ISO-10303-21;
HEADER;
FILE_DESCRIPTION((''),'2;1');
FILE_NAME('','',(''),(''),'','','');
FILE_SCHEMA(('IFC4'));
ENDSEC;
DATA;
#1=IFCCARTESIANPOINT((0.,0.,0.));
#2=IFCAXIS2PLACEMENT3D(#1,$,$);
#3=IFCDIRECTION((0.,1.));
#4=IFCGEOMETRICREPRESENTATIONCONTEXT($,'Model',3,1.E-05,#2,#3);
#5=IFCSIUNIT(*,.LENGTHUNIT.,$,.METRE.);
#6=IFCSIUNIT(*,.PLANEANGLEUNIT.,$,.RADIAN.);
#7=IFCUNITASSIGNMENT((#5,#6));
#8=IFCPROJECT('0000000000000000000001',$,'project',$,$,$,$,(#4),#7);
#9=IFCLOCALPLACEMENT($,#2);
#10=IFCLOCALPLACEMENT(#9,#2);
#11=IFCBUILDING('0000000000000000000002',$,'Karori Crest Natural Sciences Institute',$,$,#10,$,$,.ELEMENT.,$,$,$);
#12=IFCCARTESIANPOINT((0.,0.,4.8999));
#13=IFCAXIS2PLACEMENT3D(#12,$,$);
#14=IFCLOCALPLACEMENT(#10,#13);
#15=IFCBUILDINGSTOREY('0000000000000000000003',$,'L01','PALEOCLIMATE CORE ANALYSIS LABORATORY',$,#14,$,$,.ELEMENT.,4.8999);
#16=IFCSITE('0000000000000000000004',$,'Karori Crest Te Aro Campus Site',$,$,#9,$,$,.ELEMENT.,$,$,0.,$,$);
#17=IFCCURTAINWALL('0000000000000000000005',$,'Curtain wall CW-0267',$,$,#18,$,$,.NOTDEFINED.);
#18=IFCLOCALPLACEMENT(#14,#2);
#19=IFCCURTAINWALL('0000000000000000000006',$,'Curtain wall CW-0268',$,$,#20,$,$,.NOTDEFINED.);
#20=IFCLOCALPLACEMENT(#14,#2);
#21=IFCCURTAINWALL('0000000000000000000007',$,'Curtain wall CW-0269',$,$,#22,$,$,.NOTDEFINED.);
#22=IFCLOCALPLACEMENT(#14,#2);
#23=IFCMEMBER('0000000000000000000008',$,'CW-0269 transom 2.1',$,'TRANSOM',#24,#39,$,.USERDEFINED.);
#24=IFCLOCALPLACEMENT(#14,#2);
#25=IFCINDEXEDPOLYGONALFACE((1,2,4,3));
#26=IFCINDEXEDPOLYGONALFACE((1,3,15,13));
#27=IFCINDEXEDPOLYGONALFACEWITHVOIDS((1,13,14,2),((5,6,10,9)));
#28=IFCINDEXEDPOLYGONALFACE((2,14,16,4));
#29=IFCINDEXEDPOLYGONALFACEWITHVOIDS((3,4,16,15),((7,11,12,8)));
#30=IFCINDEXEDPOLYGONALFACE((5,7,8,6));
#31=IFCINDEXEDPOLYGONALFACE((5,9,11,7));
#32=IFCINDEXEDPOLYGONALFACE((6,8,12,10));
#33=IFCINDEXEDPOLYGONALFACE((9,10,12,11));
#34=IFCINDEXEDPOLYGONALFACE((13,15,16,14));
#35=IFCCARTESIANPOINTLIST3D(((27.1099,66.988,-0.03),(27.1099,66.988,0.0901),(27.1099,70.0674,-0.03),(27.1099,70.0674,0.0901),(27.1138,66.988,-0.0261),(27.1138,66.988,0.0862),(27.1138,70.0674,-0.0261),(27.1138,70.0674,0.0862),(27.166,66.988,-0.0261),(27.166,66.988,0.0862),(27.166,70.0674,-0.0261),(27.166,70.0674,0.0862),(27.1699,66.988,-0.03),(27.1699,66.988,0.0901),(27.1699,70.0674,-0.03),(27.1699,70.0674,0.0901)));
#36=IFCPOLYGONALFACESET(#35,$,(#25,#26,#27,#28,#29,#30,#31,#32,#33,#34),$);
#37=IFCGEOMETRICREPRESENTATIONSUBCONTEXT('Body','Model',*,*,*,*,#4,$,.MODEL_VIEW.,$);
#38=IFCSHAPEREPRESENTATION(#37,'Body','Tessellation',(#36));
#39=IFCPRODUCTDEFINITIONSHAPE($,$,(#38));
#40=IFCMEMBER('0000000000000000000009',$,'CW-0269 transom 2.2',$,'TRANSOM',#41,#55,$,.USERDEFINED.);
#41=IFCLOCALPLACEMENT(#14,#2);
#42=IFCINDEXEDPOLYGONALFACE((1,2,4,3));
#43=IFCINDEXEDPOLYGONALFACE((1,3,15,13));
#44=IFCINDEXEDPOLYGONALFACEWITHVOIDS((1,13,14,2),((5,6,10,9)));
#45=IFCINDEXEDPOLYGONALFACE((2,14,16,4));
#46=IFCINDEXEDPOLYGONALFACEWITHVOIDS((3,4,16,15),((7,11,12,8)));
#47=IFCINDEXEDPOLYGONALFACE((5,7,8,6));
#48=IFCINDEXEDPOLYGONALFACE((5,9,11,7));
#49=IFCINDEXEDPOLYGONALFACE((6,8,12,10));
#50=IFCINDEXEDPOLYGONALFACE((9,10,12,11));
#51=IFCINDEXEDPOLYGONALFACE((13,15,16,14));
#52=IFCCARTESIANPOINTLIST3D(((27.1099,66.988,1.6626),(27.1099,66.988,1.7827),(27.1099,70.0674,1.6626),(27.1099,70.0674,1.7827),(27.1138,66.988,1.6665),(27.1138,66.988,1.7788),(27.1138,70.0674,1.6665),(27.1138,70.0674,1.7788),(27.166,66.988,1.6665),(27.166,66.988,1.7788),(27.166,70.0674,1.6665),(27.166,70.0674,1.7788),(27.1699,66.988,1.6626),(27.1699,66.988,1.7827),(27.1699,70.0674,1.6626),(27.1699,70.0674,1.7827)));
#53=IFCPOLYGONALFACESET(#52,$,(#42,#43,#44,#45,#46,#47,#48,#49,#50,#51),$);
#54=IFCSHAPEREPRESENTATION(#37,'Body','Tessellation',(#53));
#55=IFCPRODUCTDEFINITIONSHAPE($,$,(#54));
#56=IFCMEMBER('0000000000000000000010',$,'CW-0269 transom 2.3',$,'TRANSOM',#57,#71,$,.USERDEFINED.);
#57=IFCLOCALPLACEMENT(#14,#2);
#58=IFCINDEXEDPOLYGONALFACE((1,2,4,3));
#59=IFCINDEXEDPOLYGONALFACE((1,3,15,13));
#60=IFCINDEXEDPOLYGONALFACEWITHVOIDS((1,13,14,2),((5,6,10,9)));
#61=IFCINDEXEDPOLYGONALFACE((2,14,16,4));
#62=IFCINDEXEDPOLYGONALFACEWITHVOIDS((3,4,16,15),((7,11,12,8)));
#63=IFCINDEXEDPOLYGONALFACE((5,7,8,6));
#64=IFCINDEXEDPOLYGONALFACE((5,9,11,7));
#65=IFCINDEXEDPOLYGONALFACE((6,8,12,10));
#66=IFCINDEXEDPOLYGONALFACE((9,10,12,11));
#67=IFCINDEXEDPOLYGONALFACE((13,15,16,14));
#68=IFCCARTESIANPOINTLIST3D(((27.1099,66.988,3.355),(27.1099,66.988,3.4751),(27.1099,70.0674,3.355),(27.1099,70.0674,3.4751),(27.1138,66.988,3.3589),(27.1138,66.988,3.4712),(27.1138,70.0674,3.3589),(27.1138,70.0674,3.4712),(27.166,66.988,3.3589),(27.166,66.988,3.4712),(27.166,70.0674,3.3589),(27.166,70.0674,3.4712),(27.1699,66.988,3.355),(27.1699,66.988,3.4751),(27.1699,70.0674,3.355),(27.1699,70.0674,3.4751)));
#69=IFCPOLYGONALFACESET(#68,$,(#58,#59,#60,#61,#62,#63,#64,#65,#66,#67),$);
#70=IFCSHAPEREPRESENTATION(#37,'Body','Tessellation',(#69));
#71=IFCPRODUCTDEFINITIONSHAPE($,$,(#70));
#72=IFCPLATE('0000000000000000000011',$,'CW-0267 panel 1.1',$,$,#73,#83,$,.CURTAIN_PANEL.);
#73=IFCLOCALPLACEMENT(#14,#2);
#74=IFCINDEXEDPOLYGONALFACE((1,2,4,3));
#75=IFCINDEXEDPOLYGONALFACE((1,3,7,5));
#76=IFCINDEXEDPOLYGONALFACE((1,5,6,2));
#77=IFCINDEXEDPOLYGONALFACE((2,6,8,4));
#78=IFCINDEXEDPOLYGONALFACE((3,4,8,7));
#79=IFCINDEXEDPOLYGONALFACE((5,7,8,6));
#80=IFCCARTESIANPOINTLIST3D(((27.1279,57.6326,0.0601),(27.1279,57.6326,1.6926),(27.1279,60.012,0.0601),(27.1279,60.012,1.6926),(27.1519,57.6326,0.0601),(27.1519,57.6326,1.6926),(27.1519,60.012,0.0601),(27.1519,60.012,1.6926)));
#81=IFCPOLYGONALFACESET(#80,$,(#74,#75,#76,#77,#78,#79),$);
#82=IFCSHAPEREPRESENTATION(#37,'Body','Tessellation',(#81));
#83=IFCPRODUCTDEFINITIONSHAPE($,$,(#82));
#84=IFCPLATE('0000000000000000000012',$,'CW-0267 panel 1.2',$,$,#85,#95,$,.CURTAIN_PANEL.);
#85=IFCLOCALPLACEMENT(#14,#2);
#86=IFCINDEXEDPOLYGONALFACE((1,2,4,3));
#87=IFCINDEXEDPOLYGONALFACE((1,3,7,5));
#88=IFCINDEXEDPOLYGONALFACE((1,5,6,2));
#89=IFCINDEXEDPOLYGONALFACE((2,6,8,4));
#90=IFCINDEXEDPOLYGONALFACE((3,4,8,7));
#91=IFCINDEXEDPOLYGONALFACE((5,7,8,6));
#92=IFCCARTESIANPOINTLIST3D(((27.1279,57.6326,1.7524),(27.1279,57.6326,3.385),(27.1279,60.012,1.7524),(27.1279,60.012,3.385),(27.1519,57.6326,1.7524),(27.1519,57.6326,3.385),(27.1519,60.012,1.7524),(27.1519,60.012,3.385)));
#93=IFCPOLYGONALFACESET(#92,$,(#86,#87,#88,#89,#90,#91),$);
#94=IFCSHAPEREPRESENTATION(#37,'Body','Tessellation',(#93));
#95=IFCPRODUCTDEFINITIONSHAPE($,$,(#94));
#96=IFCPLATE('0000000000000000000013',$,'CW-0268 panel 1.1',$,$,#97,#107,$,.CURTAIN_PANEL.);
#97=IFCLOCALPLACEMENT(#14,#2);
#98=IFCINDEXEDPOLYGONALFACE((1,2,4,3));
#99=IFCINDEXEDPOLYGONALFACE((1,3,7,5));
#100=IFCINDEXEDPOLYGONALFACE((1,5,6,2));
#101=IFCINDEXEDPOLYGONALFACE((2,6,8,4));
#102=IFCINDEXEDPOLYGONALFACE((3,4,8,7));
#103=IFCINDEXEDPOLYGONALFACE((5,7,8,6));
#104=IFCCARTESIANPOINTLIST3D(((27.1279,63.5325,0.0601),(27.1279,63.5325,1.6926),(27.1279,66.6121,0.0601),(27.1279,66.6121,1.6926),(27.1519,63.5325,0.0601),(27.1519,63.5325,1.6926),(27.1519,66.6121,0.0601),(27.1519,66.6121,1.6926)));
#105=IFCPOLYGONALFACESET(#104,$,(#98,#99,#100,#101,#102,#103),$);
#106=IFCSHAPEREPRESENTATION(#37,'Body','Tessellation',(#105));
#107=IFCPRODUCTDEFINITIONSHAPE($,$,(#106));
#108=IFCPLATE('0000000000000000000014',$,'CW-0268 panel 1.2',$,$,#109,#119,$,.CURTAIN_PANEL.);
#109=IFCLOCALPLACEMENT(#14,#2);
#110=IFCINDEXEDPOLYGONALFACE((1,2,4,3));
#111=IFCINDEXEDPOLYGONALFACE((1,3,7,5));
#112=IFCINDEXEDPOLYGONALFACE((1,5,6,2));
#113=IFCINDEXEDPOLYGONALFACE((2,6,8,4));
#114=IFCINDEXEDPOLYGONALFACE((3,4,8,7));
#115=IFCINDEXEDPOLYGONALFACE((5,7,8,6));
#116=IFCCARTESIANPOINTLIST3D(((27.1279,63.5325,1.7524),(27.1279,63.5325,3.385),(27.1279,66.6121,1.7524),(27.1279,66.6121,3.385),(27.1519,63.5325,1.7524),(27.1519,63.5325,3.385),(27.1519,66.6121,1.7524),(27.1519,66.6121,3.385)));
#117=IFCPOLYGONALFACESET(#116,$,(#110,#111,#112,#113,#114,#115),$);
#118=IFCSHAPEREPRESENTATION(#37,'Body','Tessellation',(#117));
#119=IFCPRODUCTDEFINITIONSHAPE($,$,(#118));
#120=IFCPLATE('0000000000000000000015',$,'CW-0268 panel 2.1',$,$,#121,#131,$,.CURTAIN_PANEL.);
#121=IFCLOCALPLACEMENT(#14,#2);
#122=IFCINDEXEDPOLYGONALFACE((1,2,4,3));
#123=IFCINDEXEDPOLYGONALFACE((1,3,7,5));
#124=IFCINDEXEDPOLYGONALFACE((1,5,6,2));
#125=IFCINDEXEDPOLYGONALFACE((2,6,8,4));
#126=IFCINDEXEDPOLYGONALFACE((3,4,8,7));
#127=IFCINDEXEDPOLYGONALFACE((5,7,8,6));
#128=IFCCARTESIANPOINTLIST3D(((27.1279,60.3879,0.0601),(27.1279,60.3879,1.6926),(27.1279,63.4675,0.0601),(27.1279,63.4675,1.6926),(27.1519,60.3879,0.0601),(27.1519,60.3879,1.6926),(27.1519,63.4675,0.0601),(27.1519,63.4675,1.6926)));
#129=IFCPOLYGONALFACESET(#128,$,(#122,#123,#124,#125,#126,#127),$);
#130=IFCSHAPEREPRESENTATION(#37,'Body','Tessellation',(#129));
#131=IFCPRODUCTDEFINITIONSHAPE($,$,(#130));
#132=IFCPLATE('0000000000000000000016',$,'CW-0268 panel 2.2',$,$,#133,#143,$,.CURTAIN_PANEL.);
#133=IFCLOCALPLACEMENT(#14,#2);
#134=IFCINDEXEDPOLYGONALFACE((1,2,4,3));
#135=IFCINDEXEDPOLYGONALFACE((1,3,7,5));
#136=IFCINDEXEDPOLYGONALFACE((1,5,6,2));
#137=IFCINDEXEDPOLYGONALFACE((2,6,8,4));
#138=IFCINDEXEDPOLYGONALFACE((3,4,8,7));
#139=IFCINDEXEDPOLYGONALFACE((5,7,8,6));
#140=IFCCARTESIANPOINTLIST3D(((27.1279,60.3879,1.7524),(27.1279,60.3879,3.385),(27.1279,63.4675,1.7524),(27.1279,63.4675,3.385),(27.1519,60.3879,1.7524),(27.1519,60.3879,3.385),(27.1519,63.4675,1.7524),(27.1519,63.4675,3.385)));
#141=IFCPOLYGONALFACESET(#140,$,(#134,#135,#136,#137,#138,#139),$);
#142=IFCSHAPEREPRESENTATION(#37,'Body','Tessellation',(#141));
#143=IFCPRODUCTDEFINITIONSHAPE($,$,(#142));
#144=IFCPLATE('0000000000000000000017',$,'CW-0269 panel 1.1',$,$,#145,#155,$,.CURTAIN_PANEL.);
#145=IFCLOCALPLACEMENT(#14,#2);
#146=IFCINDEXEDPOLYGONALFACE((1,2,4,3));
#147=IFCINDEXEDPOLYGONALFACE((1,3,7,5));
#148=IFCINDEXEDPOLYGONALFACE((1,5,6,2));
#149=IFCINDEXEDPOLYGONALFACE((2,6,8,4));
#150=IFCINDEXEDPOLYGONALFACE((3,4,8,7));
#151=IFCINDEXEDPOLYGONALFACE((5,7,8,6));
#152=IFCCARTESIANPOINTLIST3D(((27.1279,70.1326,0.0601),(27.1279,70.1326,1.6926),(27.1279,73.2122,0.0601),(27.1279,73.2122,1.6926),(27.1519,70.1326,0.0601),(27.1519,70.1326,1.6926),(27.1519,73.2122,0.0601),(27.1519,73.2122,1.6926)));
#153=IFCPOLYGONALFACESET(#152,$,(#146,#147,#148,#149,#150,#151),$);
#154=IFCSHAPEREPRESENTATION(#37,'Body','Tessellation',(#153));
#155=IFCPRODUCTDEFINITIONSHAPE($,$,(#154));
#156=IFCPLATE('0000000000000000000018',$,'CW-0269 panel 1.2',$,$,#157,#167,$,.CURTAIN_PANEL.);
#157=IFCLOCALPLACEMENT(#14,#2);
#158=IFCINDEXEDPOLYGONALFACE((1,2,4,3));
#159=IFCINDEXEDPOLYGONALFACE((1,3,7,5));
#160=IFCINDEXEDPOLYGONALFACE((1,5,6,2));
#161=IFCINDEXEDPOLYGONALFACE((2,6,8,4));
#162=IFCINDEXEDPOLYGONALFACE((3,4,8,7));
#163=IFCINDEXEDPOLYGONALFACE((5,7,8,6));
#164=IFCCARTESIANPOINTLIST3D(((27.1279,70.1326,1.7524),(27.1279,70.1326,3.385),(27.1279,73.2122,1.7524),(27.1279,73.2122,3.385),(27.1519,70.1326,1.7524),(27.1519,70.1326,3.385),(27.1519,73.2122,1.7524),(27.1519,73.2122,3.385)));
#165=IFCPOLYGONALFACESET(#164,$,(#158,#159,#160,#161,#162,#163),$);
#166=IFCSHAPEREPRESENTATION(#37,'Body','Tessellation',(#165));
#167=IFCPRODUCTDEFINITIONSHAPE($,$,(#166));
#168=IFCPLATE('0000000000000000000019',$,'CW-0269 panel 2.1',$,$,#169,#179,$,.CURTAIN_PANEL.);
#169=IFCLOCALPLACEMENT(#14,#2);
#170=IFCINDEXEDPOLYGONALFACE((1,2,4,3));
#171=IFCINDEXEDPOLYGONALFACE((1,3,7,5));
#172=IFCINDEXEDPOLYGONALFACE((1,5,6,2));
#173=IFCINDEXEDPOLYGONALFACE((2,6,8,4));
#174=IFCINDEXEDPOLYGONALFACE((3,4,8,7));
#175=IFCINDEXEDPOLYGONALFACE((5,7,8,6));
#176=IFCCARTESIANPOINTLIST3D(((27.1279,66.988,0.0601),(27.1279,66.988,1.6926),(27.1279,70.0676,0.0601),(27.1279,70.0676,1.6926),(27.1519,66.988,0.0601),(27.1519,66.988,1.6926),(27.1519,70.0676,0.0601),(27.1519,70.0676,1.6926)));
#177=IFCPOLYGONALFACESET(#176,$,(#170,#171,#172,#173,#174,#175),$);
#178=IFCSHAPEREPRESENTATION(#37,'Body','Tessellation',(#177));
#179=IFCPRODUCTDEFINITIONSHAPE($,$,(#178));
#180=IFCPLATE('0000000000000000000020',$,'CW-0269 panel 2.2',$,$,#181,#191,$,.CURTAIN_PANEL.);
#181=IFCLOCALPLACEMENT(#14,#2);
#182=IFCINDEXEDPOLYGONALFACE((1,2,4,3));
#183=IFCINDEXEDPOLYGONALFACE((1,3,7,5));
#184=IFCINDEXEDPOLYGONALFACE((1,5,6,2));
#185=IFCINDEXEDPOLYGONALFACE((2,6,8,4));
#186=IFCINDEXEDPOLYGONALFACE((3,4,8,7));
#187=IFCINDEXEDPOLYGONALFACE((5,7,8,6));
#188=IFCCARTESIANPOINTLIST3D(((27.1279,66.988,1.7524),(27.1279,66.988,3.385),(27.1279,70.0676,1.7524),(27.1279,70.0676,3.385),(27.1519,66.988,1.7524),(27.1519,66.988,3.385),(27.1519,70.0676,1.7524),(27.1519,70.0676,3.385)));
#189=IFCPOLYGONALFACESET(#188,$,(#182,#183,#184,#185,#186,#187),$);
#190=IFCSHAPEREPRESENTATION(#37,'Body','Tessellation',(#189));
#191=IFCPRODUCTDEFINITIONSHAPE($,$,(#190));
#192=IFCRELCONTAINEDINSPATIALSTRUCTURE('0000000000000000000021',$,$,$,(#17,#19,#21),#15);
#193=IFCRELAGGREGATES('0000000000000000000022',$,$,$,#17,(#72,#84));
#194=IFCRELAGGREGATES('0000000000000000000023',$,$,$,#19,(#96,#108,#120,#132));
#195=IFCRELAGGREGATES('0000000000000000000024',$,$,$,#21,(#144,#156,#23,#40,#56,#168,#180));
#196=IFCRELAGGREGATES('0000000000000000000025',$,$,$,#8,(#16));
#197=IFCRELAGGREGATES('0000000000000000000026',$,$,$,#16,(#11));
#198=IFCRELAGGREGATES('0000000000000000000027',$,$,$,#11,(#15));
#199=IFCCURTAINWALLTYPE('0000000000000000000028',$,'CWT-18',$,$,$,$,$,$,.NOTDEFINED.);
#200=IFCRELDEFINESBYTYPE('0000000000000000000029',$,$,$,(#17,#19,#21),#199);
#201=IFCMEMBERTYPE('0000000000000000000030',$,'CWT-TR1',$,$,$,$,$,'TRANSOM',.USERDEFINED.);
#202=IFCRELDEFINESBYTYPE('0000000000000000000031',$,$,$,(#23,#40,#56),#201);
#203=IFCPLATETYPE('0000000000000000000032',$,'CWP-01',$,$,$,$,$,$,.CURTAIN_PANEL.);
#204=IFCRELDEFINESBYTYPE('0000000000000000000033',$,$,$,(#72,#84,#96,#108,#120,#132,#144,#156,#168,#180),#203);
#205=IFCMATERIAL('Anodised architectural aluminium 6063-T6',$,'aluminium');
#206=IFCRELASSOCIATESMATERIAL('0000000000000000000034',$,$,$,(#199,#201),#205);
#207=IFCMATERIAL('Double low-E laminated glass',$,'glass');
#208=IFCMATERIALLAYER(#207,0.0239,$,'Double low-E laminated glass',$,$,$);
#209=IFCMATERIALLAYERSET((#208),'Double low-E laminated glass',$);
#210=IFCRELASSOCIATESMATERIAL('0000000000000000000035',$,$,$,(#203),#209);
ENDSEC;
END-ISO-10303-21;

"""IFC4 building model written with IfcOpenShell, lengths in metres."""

from ifc_helpers import new_model, si_unit, direction, frame, origin, origin_2d, place, context, subcontext, project, spatial, rectangle, hollow_rectangle, extrude, material, layer, layer_set, material_profile, profile_set, type_object, element, aggregate, save


model = new_model("IFC4")

# Units and contexts
model_context = context("Model", 3, precision=1e-05, world=origin(), true_north=direction((0.0, 1.0)))
body_context = subcontext(model_context, "Body", "Model", "MODEL_VIEW")
ifc_project = project(units=[si_unit("LENGTHUNIT", "METRE"), si_unit("PLANEANGLEUNIT", "RADIAN")], contexts=[model_context])

# Site, building, storey
site_placement = place(None, origin())
site = spatial("IfcSite", under=ifc_project, at=site_placement, Name="Karori Crest Te Aro Campus Site", CompositionType="ELEMENT", RefElevation=0.0)
building_placement = place(site_placement, origin())
building = spatial("IfcBuilding", under=site, at=building_placement, Name="Karori Crest Natural Sciences Institute", CompositionType="ELEMENT")
storey_placement = place(building_placement, frame((0.0, 0.0, 4.8999)))
storey = spatial("IfcBuildingStorey", under=building, at=storey_placement, Name="L01", Description="PALEOCLIMATE CORE ANALYSIS LABORATORY", CompositionType="ELEMENT", Elevation=4.8999)

# Curtain walls
ifc_material_1 = material(Name="Anodised architectural aluminium 6063-T6", Category="aluminium")
curtain_wall_type = type_object("IfcCurtainWallType", Name="CWT-18", PredefinedType="NOTDEFINED", material=ifc_material_1)
curtain_wall_1_placement = place(storey_placement, origin())
curtain_wall_1 = element("IfcCurtainWall", 1, at=curtain_wall_1_placement, inside=storey, type_object=curtain_wall_type, Name="Curtain wall CW-0267", PredefinedType="NOTDEFINED")
curtain_wall_2_placement = place(storey_placement, origin())
curtain_wall_2 = element("IfcCurtainWall", 2, at=curtain_wall_2_placement, inside=storey, type_object=curtain_wall_type, Name="Curtain wall CW-0268", PredefinedType="NOTDEFINED")
curtain_wall_3_placement = place(storey_placement, origin())
curtain_wall_3 = element("IfcCurtainWall", 3, at=curtain_wall_3_placement, inside=storey, type_object=curtain_wall_type, Name="Curtain wall CW-0269", PredefinedType="NOTDEFINED")

# Members
ifc_material_profile_1 = material_profile(ifc_material_1, hollow_rectangle(XDim=0.0601, YDim=0.1201, WallThickness=0.0039, at=origin_2d()), Name="CWT120x60x4")
ifc_profile_set_1 = profile_set([ifc_material_profile_1], Name="Anodised architectural aluminium 6063-T6")
member_type_1 = type_object("IfcMemberType", Name="CWT-TR1", ElementType="TRANSOM", PredefinedType="USERDEFINED", material=ifc_profile_set_1)
member_1_placement = place(storey_placement, frame((27.1399, 70.0674, 0.03), z_axis=(0.0, -1.0, 0.0), x_axis=(1.0, 0.0, 0.0)))
member_1 = element("IfcMember", 4, at=member_1_placement, type_object=member_type_1, Name="CW-0269 transom 2.1", ObjectType="TRANSOM", PredefinedType="USERDEFINED", context=body_context, shape_type="SweptSolid", body=[
    extrude(hollow_rectangle(XDim=0.0601, YDim=0.1201, WallThickness=0.0039, at=origin_2d()), origin(), (0.0, 0.0, 1.0), 3.0793),
])
member_2_placement = place(storey_placement, frame((27.1399, 70.0674, 1.7227), z_axis=(0.0, -1.0, 0.0), x_axis=(1.0, 0.0, 0.0)))
member_2 = element("IfcMember", 5, at=member_2_placement, type_object=member_type_1, Name="CW-0269 transom 2.2", ObjectType="TRANSOM", PredefinedType="USERDEFINED", context=body_context, shape_type="SweptSolid", body=[
    extrude(hollow_rectangle(XDim=0.0601, YDim=0.1201, WallThickness=0.0039, at=origin_2d()), origin(), (0.0, 0.0, 1.0), 3.0793),
])
member_3_placement = place(storey_placement, frame((27.1399, 70.0674, 3.415), z_axis=(0.0, -1.0, 0.0), x_axis=(1.0, 0.0, 0.0)))
member_3 = element("IfcMember", 6, at=member_3_placement, type_object=member_type_1, Name="CW-0269 transom 2.3", ObjectType="TRANSOM", PredefinedType="USERDEFINED", context=body_context, shape_type="SweptSolid", body=[
    extrude(hollow_rectangle(XDim=0.0601, YDim=0.1201, WallThickness=0.0039, at=origin_2d()), origin(), (0.0, 0.0, 1.0), 3.0793),
])

# Plates
ifc_material_2 = material(Name="Double low-E laminated glass", Category="glass")
ifc_layer = layer(ifc_material_2, 0.0239, Name="Double low-E laminated glass")
ifc_layer_set = layer_set([ifc_layer], Name="Double low-E laminated glass")
plate_type = type_object("IfcPlateType", Name="CWP-01", PredefinedType="CURTAIN_PANEL", material=ifc_layer_set)
plate_1_placement = place(storey_placement, frame((27.1399, 58.8223, 0.0601), z_axis=(0.0, 0.0, 1.0), x_axis=(0.0, -1.0, 0.0)))
plate_1 = element("IfcPlate", 7, at=plate_1_placement, type_object=plate_type, Name="CW-0267 panel 1.1", PredefinedType="CURTAIN_PANEL", context=body_context, shape_type="SweptSolid", body=[
    extrude(rectangle(XDim=2.3794, YDim=0.0239, at=origin_2d()), origin(), (0.0, 0.0, 1.0), 1.6326),
])
plate_2_placement = place(storey_placement, frame((27.1399, 58.8223, 1.7524), z_axis=(0.0, 0.0, 1.0), x_axis=(0.0, -1.0, 0.0)))
plate_2 = element("IfcPlate", 8, at=plate_2_placement, type_object=plate_type, Name="CW-0267 panel 1.2", PredefinedType="CURTAIN_PANEL", context=body_context, shape_type="SweptSolid", body=[
    extrude(rectangle(XDim=2.3794, YDim=0.0239, at=origin_2d()), origin(), (0.0, 0.0, 1.0), 1.6326),
])
aggregate(curtain_wall_1, [plate_1, plate_2])
plate_3_placement = place(storey_placement, frame((27.1399, 65.0723, 0.0601), z_axis=(0.0, 0.0, 1.0), x_axis=(0.0, -1.0, 0.0)))
plate_3 = element("IfcPlate", 9, at=plate_3_placement, type_object=plate_type, Name="CW-0268 panel 1.1", PredefinedType="CURTAIN_PANEL", context=body_context, shape_type="SweptSolid", body=[
    extrude(rectangle(XDim=3.0796, YDim=0.0239, at=origin_2d()), origin(), (0.0, 0.0, 1.0), 1.6326),
])
plate_4_placement = place(storey_placement, frame((27.1399, 65.0723, 1.7524), z_axis=(0.0, 0.0, 1.0), x_axis=(0.0, -1.0, 0.0)))
plate_4 = element("IfcPlate", 10, at=plate_4_placement, type_object=plate_type, Name="CW-0268 panel 1.2", PredefinedType="CURTAIN_PANEL", context=body_context, shape_type="SweptSolid", body=[
    extrude(rectangle(XDim=3.0796, YDim=0.0239, at=origin_2d()), origin(), (0.0, 0.0, 1.0), 1.6326),
])
plate_5_placement = place(storey_placement, frame((27.1399, 61.9277, 0.0601), z_axis=(0.0, 0.0, 1.0), x_axis=(0.0, -1.0, 0.0)))
plate_5 = element("IfcPlate", 11, at=plate_5_placement, type_object=plate_type, Name="CW-0268 panel 2.1", PredefinedType="CURTAIN_PANEL", context=body_context, shape_type="SweptSolid", body=[
    extrude(rectangle(XDim=3.0796, YDim=0.0239, at=origin_2d()), origin(), (0.0, 0.0, 1.0), 1.6326),
])
plate_6_placement = place(storey_placement, frame((27.1399, 61.9277, 1.7524), z_axis=(0.0, 0.0, 1.0), x_axis=(0.0, -1.0, 0.0)))
plate_6 = element("IfcPlate", 12, at=plate_6_placement, type_object=plate_type, Name="CW-0268 panel 2.2", PredefinedType="CURTAIN_PANEL", context=body_context, shape_type="SweptSolid", body=[
    extrude(rectangle(XDim=3.0796, YDim=0.0239, at=origin_2d()), origin(), (0.0, 0.0, 1.0), 1.6326),
])
aggregate(curtain_wall_2, [plate_3, plate_4, plate_5, plate_6])
plate_7_placement = place(storey_placement, frame((27.1399, 71.6724, 0.0601), z_axis=(0.0, 0.0, 1.0), x_axis=(0.0, -1.0, 0.0)))
plate_7 = element("IfcPlate", 13, at=plate_7_placement, type_object=plate_type, Name="CW-0269 panel 1.1", PredefinedType="CURTAIN_PANEL", context=body_context, shape_type="SweptSolid", body=[
    extrude(rectangle(XDim=3.0796, YDim=0.0239, at=origin_2d()), origin(), (0.0, 0.0, 1.0), 1.6326),
])
plate_8_placement = place(storey_placement, frame((27.1399, 71.6724, 1.7524), z_axis=(0.0, 0.0, 1.0), x_axis=(0.0, -1.0, 0.0)))
plate_8 = element("IfcPlate", 14, at=plate_8_placement, type_object=plate_type, Name="CW-0269 panel 1.2", PredefinedType="CURTAIN_PANEL", context=body_context, shape_type="SweptSolid", body=[
    extrude(rectangle(XDim=3.0796, YDim=0.0239, at=origin_2d()), origin(), (0.0, 0.0, 1.0), 1.6326),
])
plate_9_placement = place(storey_placement, frame((27.1399, 68.5278, 0.0601), z_axis=(0.0, 0.0, 1.0), x_axis=(0.0, -1.0, 0.0)))
plate_9 = element("IfcPlate", 15, at=plate_9_placement, type_object=plate_type, Name="CW-0269 panel 2.1", PredefinedType="CURTAIN_PANEL", context=body_context, shape_type="SweptSolid", body=[
    extrude(rectangle(XDim=3.0796, YDim=0.0239, at=origin_2d()), origin(), (0.0, 0.0, 1.0), 1.6326),
])
plate_10_placement = place(storey_placement, frame((27.1399, 68.5278, 1.7524), z_axis=(0.0, 0.0, 1.0), x_axis=(0.0, -1.0, 0.0)))
plate_10 = element("IfcPlate", 16, at=plate_10_placement, type_object=plate_type, Name="CW-0269 panel 2.2", PredefinedType="CURTAIN_PANEL", context=body_context, shape_type="SweptSolid", body=[
    extrude(rectangle(XDim=3.0796, YDim=0.0239, at=origin_2d()), origin(), (0.0, 0.0, 1.0), 1.6326),
])
aggregate(curtain_wall_3, [plate_7, plate_8, member_1, member_2, member_3, plate_9, plate_10])

save(model, "model.ifc")
